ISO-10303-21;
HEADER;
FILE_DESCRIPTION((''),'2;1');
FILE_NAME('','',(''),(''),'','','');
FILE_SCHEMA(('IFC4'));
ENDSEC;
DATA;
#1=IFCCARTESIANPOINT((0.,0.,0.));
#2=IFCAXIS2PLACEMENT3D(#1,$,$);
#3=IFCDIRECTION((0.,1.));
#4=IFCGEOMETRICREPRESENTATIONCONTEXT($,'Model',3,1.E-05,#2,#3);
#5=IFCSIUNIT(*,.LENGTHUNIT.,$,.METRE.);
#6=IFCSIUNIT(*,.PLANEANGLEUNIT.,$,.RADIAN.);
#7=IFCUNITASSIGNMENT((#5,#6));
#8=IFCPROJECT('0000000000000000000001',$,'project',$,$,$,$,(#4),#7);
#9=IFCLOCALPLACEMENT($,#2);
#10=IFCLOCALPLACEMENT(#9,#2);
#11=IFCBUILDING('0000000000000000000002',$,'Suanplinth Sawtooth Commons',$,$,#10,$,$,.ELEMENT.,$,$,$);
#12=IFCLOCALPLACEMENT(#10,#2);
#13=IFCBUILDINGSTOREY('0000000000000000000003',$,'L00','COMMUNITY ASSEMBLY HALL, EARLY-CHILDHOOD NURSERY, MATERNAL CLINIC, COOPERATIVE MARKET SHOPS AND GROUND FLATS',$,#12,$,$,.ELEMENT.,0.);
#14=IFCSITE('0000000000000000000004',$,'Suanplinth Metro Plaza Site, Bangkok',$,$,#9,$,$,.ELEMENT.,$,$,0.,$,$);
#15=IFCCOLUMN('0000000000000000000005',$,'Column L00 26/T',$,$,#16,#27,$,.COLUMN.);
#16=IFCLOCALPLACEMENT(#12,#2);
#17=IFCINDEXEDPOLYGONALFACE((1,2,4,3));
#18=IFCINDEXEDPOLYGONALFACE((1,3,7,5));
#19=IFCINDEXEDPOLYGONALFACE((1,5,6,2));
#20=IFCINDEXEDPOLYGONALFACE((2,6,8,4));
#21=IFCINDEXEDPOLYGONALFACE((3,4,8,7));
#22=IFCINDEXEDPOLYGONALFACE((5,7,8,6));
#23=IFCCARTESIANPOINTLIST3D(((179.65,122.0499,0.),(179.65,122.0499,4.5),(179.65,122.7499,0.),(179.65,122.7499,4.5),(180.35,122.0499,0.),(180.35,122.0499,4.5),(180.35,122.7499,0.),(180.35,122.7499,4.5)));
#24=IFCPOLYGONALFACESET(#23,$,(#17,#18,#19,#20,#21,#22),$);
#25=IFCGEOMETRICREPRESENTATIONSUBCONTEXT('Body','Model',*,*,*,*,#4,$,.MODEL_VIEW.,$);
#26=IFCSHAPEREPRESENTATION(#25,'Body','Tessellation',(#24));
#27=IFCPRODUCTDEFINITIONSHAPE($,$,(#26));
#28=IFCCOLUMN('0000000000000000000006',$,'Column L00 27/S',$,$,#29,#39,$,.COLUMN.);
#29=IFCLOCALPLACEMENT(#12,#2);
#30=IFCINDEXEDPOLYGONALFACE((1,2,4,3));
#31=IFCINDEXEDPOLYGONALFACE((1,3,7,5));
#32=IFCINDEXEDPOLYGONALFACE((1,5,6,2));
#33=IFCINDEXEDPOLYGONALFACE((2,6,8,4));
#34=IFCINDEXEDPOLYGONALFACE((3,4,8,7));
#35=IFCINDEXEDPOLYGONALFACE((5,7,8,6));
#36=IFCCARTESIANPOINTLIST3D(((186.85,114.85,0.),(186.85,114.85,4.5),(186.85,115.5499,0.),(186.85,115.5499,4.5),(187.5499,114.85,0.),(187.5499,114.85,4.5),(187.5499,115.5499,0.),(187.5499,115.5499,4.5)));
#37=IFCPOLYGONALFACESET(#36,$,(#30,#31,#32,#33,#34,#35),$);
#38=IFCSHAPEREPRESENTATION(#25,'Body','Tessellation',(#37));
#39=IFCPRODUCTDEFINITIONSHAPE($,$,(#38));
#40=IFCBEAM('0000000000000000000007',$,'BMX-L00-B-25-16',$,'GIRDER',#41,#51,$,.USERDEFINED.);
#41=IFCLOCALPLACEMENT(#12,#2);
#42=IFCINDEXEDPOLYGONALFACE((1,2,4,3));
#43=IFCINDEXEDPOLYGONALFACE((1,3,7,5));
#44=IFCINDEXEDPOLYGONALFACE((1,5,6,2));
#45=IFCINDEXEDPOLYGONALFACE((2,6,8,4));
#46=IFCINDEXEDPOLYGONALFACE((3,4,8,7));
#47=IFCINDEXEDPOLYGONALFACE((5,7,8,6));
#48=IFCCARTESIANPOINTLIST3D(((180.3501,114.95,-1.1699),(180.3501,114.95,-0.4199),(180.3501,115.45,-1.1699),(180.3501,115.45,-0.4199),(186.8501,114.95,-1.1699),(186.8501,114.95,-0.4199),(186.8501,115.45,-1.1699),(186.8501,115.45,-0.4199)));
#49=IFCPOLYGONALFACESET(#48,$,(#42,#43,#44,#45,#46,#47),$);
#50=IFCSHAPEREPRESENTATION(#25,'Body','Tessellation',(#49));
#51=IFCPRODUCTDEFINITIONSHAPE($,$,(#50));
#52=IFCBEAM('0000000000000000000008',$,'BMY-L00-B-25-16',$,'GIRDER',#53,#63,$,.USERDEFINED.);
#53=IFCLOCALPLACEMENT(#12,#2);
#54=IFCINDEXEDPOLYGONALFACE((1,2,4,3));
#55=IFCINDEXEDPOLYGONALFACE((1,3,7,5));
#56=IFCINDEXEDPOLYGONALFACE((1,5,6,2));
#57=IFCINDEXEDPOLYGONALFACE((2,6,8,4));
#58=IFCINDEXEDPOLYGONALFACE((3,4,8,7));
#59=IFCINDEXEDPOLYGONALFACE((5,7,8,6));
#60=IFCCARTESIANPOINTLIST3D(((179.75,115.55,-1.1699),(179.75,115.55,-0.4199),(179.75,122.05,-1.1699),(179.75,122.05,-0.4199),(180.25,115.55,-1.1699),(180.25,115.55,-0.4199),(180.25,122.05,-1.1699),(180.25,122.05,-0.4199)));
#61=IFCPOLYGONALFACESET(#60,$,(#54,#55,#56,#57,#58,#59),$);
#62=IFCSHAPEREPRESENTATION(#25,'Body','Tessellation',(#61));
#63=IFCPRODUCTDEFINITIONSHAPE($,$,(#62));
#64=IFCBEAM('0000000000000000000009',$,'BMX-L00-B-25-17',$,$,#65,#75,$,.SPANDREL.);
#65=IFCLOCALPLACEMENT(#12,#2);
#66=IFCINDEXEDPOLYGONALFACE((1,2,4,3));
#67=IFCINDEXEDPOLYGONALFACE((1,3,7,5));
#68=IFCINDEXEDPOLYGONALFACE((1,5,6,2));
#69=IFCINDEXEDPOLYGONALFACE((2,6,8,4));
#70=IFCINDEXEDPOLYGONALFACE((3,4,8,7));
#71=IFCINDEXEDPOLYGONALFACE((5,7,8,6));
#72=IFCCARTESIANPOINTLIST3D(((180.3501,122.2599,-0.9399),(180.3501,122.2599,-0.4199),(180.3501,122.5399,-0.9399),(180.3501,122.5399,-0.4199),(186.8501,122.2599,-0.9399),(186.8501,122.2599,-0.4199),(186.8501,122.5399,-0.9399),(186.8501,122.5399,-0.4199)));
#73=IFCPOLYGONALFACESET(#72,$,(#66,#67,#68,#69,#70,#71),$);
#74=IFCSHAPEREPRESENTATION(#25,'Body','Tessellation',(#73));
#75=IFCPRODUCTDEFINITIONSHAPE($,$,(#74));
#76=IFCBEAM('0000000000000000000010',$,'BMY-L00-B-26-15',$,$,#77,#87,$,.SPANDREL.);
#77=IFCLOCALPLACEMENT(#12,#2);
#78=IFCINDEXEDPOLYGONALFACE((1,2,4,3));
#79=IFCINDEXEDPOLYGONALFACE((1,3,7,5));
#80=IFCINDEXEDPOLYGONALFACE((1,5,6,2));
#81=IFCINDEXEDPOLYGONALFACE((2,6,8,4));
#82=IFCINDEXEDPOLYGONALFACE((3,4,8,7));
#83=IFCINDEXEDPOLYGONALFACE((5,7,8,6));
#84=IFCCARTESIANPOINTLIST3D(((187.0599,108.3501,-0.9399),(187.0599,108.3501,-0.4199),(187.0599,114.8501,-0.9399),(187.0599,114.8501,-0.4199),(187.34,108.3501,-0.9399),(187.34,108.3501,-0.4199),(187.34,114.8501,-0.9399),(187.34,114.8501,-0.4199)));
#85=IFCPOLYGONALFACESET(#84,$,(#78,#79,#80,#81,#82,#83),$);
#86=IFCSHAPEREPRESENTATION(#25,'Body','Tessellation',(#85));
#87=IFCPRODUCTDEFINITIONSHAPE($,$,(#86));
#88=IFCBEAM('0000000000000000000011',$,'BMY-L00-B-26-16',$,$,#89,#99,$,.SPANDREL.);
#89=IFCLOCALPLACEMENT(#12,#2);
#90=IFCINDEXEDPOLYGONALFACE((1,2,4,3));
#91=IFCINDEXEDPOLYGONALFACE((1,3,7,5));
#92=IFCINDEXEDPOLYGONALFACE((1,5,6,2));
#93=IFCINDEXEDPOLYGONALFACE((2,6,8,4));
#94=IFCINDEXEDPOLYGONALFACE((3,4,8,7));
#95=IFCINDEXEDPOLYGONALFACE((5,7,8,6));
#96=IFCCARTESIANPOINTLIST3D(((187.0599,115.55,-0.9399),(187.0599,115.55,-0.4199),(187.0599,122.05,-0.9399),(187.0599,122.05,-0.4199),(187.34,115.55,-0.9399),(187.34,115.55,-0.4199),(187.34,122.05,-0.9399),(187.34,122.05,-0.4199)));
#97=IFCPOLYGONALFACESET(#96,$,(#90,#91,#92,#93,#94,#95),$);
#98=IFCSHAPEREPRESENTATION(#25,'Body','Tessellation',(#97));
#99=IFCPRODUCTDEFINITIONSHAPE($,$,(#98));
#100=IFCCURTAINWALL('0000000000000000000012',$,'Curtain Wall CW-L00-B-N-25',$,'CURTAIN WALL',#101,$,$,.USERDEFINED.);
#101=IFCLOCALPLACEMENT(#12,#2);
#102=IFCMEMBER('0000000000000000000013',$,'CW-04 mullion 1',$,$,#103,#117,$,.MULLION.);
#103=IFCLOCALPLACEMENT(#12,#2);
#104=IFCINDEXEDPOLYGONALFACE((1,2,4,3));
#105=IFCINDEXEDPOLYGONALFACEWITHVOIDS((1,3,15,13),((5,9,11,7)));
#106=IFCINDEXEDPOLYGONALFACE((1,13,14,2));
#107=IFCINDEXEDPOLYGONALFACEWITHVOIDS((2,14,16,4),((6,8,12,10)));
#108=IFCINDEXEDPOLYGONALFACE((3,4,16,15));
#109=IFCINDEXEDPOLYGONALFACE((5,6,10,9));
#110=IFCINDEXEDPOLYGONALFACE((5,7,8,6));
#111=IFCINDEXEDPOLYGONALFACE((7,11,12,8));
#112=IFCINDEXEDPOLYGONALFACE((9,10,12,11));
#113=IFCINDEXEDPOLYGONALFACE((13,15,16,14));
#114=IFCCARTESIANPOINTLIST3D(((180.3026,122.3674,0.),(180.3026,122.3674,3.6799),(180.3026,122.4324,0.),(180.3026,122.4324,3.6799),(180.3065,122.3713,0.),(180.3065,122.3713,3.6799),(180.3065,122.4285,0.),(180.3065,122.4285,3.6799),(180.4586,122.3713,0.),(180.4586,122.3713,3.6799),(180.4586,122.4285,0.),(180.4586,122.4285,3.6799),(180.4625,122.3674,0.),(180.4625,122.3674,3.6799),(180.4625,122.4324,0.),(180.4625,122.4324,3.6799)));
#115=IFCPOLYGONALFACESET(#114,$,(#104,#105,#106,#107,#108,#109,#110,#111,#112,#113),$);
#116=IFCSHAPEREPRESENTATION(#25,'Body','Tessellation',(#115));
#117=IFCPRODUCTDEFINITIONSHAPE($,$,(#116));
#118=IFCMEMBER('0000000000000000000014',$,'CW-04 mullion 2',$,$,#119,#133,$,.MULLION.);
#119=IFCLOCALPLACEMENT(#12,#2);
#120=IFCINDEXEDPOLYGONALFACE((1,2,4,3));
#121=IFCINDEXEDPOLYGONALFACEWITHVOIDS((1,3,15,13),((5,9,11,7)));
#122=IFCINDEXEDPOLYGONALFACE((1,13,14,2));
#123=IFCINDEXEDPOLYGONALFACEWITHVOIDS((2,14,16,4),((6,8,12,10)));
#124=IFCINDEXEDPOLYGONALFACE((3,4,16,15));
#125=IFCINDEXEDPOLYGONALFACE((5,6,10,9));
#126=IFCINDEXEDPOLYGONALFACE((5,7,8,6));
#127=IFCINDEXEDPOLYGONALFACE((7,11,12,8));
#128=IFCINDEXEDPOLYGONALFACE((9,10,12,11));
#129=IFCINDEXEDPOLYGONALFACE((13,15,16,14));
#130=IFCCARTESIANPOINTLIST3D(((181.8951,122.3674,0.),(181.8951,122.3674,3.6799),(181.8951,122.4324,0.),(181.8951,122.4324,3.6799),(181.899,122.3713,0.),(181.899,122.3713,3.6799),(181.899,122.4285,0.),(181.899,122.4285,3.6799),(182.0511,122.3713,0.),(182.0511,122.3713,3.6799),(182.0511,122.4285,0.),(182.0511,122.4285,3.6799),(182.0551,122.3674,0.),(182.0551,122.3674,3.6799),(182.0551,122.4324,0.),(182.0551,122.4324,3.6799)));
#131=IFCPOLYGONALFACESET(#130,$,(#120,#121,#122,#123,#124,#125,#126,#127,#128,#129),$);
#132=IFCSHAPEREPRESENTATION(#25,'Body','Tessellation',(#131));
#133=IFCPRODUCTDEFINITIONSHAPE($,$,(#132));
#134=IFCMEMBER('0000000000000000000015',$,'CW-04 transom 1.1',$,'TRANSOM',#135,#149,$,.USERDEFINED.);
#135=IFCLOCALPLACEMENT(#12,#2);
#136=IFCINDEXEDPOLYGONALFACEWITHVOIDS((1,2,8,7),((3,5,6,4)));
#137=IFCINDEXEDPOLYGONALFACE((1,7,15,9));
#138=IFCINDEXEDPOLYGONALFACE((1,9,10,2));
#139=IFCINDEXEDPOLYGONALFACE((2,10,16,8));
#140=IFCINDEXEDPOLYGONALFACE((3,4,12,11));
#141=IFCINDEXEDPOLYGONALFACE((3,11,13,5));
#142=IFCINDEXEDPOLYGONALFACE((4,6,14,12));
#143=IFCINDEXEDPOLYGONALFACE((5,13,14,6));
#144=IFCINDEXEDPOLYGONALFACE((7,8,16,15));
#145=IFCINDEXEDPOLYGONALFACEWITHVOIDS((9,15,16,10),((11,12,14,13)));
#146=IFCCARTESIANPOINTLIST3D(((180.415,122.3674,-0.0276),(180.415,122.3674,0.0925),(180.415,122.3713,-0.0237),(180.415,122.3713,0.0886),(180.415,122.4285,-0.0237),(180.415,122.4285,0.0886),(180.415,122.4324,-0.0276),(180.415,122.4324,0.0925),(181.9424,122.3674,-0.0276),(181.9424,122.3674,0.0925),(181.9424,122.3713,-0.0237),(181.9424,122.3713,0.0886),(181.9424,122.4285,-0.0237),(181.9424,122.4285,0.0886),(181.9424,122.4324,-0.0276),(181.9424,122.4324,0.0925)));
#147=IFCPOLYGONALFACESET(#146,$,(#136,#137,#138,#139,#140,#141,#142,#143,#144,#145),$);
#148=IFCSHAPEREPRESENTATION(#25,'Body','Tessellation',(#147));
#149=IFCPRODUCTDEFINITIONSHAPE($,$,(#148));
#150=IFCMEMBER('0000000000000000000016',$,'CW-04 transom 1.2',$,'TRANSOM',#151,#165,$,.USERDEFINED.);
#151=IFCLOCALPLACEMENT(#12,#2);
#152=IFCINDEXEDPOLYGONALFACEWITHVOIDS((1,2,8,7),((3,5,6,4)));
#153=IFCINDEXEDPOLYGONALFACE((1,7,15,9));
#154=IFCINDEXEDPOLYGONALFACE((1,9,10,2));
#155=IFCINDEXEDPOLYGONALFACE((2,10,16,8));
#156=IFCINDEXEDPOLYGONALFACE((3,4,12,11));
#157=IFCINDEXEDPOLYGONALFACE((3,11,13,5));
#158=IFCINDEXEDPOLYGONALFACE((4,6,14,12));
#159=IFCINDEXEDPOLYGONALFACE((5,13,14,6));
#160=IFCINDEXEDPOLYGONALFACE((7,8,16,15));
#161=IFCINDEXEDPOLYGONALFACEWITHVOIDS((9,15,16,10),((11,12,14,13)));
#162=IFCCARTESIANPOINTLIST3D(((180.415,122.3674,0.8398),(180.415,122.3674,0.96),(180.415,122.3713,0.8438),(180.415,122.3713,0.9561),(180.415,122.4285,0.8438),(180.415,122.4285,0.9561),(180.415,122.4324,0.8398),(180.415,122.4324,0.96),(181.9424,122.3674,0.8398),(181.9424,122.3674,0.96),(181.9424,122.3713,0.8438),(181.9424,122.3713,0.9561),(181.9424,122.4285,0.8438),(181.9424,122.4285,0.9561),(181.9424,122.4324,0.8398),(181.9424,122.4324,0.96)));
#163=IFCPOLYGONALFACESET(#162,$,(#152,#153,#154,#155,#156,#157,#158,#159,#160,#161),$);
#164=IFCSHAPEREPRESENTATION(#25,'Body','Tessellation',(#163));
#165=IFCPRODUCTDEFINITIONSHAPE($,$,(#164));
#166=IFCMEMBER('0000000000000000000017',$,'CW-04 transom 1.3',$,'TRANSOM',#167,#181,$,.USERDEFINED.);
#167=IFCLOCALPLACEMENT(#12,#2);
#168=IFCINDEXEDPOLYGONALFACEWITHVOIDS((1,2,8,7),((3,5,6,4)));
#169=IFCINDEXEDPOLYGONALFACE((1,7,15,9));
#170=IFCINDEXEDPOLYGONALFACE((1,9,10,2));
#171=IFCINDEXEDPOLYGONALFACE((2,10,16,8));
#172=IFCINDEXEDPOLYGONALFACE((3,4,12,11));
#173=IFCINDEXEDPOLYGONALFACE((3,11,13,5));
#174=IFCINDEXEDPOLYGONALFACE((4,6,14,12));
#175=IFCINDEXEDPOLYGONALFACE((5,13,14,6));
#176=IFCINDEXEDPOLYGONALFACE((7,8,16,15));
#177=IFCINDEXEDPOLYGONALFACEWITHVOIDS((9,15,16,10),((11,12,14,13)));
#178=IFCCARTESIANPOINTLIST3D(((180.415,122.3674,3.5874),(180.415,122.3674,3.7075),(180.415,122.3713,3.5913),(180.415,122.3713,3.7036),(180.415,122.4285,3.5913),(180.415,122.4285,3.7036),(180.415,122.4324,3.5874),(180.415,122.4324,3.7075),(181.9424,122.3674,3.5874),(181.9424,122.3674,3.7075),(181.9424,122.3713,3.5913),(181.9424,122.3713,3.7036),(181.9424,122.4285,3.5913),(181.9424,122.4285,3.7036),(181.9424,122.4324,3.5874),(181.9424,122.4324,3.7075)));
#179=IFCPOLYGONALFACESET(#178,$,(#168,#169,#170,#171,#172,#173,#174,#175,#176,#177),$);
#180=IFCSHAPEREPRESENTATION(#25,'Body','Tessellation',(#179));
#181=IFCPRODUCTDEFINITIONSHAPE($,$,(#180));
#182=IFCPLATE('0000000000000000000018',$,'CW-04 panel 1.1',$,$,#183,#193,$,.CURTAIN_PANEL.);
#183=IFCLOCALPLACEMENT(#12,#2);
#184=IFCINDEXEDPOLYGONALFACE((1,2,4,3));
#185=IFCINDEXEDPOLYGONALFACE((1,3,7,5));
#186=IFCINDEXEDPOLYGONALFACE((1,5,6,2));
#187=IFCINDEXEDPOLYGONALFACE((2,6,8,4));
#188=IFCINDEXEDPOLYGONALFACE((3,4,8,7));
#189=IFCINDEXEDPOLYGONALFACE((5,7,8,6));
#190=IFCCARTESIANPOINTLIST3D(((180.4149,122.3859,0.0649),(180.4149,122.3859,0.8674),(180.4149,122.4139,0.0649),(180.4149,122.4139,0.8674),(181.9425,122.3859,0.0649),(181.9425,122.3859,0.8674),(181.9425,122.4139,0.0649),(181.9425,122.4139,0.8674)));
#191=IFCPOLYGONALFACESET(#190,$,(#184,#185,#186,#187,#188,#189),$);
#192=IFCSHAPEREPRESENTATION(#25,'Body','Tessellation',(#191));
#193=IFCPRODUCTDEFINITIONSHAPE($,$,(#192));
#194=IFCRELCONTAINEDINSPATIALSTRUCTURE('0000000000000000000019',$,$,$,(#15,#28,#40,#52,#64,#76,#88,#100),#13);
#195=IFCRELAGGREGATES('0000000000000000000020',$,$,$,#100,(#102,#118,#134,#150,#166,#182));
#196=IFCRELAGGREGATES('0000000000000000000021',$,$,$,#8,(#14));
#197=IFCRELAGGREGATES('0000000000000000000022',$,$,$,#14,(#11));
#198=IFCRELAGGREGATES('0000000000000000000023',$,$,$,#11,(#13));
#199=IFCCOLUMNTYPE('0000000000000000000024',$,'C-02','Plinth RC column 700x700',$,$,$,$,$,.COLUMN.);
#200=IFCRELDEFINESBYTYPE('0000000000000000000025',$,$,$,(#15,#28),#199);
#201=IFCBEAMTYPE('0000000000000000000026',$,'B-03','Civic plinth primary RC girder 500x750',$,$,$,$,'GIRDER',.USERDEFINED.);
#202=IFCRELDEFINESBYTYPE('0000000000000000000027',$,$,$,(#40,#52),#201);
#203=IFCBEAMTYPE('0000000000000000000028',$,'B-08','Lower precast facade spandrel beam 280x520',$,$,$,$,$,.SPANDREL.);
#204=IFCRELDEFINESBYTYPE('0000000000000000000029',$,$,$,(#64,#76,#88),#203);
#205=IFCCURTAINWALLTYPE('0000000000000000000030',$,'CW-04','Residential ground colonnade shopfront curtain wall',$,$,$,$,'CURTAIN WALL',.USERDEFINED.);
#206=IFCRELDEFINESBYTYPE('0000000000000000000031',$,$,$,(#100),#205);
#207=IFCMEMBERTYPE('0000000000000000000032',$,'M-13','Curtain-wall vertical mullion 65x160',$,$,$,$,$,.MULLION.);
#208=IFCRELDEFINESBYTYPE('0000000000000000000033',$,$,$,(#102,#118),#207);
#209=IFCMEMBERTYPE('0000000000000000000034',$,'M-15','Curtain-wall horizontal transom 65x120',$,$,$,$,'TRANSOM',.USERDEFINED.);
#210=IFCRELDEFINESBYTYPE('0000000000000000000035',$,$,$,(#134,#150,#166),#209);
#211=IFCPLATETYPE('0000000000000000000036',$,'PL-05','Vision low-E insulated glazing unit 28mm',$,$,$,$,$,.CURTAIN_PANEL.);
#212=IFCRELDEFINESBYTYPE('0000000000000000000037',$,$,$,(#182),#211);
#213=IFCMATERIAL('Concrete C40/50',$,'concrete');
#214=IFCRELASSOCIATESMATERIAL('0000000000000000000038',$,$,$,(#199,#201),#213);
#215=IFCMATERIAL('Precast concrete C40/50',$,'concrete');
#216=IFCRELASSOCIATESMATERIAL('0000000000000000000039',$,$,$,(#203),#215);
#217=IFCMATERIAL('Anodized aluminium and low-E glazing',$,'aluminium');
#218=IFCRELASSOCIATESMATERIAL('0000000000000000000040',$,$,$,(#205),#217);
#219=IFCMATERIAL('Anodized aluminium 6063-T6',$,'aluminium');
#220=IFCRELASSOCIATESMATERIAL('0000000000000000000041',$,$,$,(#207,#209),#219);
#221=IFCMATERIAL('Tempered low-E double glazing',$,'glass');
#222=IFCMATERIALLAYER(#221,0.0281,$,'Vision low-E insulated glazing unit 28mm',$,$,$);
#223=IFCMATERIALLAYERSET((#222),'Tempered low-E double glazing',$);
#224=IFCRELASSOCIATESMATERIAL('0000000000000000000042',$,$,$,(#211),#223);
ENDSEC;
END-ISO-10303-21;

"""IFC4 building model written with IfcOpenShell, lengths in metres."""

from ifc_helpers import new_model, si_unit, direction, frame, origin, origin_2d, place, context, subcontext, project, spatial, rectangle, hollow_rectangle, extrude, material, layer, layer_set, material_profile, profile_set, type_object, element, aggregate, save


model = new_model("IFC4")

# Units and contexts
model_context = context("Model", 3, precision=1e-05, world=origin(), true_north=direction((0.0, 1.0)))
body_context = subcontext(model_context, "Body", "Model", "MODEL_VIEW")
ifc_project = project(units=[si_unit("LENGTHUNIT", "METRE"), si_unit("PLANEANGLEUNIT", "RADIAN")], contexts=[model_context])

# Site, building, storey
site_placement = place(None, origin())
site = spatial("IfcSite", under=ifc_project, at=site_placement, Name="Suanplinth Metro Plaza Site, Bangkok", CompositionType="ELEMENT", RefElevation=0.0)
building_placement = place(site_placement, origin())
building = spatial("IfcBuilding", under=site, at=building_placement, Name="Suanplinth Sawtooth Commons", CompositionType="ELEMENT")
storey_placement = place(building_placement, origin())
storey = spatial("IfcBuildingStorey", under=building, at=storey_placement, Name="L00", Description="COMMUNITY ASSEMBLY HALL, EARLY-CHILDHOOD NURSERY, MATERNAL CLINIC, COOPERATIVE MARKET SHOPS AND GROUND FLATS", CompositionType="ELEMENT", Elevation=0.0)

# Columns
ifc_material_1 = material(Name="Concrete C40/50", Category="concrete")
ifc_material_profile_1 = material_profile(ifc_material_1, rectangle(XDim=0.7, YDim=0.7, at=origin_2d()), Name="RC-COL 700x700")
ifc_profile_set_1 = profile_set([ifc_material_profile_1], Name="Concrete C40/50")
column_type = type_object("IfcColumnType", Name="C-02", Description="Plinth RC column 700x700", PredefinedType="COLUMN", material=ifc_profile_set_1)
for number, where, z_axis, x_axis, name in (
    (1, (180.0, 122.3999, 0.0), (0.0, 0.0, 1.0), (1.0, 0.0, 0.0), "Column L00 26/T"),
    (2, (187.2, 115.2, 0.0), (0.0, 0.0, 1.0), (1.0, 0.0, 0.0), "Column L00 27/S"),
):
    element("IfcColumn", number, at=place(storey_placement, frame(where, z_axis=z_axis, x_axis=x_axis)), inside=storey, type_object=column_type, Name=name, PredefinedType="COLUMN", context=body_context, shape_type="SweptSolid", body=[
        extrude(rectangle(XDim=0.7, YDim=0.7, at=origin_2d()), origin(), (0.0, 0.0, 1.0), 4.5),
    ])

# Beams
ifc_material_profile_2 = material_profile(ifc_material_1, rectangle(XDim=0.5, YDim=0.75, at=origin_2d()), Name="RC-GDR 500x750")
ifc_profile_set_2 = profile_set([ifc_material_profile_2], Name="Concrete C40/50")
beam_type_1 = type_object("IfcBeamType", Name="B-03", Description="Civic plinth primary RC girder 500x750", ElementType="GIRDER", PredefinedType="USERDEFINED", material=ifc_profile_set_2)
for number, where, z_axis, x_axis, name in (
    (3, (180.3501, 115.2, -0.7949), (1.0, 0.0, 0.0), (0.0, 1.0, 0.0), "BMX-L00-B-25-16"),
    (4, (180.0, 115.55, -0.7949), (0.0, 1.0, 0.0), (-1.0, 0.0, 0.0), "BMY-L00-B-25-16"),
):
    element("IfcBeam", number, at=place(storey_placement, frame(where, z_axis=z_axis, x_axis=x_axis)), inside=storey, type_object=beam_type_1, Name=name, ObjectType="GIRDER", PredefinedType="USERDEFINED", context=body_context, shape_type="SweptSolid", body=[
        extrude(rectangle(XDim=0.5, YDim=0.75, at=origin_2d()), origin(), (0.0, 0.0, 1.0), 6.5),
    ])
ifc_material_2 = material(Name="Precast concrete C40/50", Category="concrete")
ifc_material_profile_3 = material_profile(ifc_material_2, rectangle(XDim=0.28, YDim=0.52, at=origin_2d()), Name="PC-SP 280x520")
ifc_profile_set_3 = profile_set([ifc_material_profile_3], Name="Precast concrete C40/50")
beam_type_2 = type_object("IfcBeamType", Name="B-08", Description="Lower precast facade spandrel beam 280x520", PredefinedType="SPANDREL", material=ifc_profile_set_3)
for number, where, z_axis, x_axis, name in (
    (5, (180.3501, 122.3999, -0.6799), (1.0, 0.0, 0.0), (0.0, 1.0, 0.0), "BMX-L00-B-25-17"),
    (6, (187.2, 108.3501, -0.6799), (0.0, 1.0, 0.0), (-1.0, 0.0, 0.0), "BMY-L00-B-26-15"),
    (7, (187.2, 115.55, -0.6799), (0.0, 1.0, 0.0), (-1.0, 0.0, 0.0), "BMY-L00-B-26-16"),
):
    element("IfcBeam", number, at=place(storey_placement, frame(where, z_axis=z_axis, x_axis=x_axis)), inside=storey, type_object=beam_type_2, Name=name, PredefinedType="SPANDREL", context=body_context, shape_type="SweptSolid", body=[
        extrude(rectangle(XDim=0.28, YDim=0.52, at=origin_2d()), origin(), (0.0, 0.0, 1.0), 6.5),
    ])

# Curtain wall, members, plate
ifc_material_3 = material(Name="Anodized aluminium and low-E glazing", Category="aluminium")
curtain_wall_type = type_object("IfcCurtainWallType", Name="CW-04", Description="Residential ground colonnade shopfront curtain wall", ElementType="CURTAIN WALL", PredefinedType="USERDEFINED", material=ifc_material_3)
curtain_wall_placement = place(storey_placement, origin())
curtain_wall = element("IfcCurtainWall", 8, at=curtain_wall_placement, inside=storey, type_object=curtain_wall_type, Name="Curtain Wall CW-L00-B-N-25", ObjectType="CURTAIN WALL", PredefinedType="USERDEFINED")
ifc_material_4 = material(Name="Anodized aluminium 6063-T6", Category="aluminium")
ifc_material_profile_4 = material_profile(ifc_material_4, hollow_rectangle(XDim=0.0649, YDim=0.1599, WallThickness=0.0039, at=origin_2d()), Name="ALU-MUL 65x160")
ifc_profile_set_4 = profile_set([ifc_material_profile_4], Name="Anodized aluminium 6063-T6")
member_type_1 = type_object("IfcMemberType", Name="M-13", Description="Curtain-wall vertical mullion 65x160", PredefinedType="MULLION", material=ifc_profile_set_4)
member_1_placement = place(storey_placement, frame((180.3826, 122.3999, 0.0), z_axis=(0.0, 0.0, 1.0), x_axis=(0.0, 1.0, 0.0)))
member_1 = element("IfcMember", 9, at=member_1_placement, type_object=member_type_1, Name="CW-04 mullion 1", PredefinedType="MULLION", context=body_context, shape_type="SweptSolid", body=[
    extrude(hollow_rectangle(XDim=0.0649, YDim=0.1599, WallThickness=0.0039, at=origin_2d()), origin(), (0.0, 0.0, 1.0), 3.6799),
])
member_2_placement = place(storey_placement, frame((181.9751, 122.3999, 0.0), z_axis=(0.0, 0.0, 1.0), x_axis=(0.0, 1.0, 0.0)))
member_2 = element("IfcMember", 10, at=member_2_placement, type_object=member_type_1, Name="CW-04 mullion 2", PredefinedType="MULLION", context=body_context, shape_type="SweptSolid", body=[
    extrude(hollow_rectangle(XDim=0.0649, YDim=0.1599, WallThickness=0.0039, at=origin_2d()), origin(), (0.0, 0.0, 1.0), 3.6799),
])
ifc_material_profile_5 = material_profile(ifc_material_4, hollow_rectangle(XDim=0.0649, YDim=0.1201, WallThickness=0.0039, at=origin_2d()), Name="ALU-TRN 65x120")
ifc_profile_set_5 = profile_set([ifc_material_profile_5], Name="Anodized aluminium 6063-T6")
member_type_2 = type_object("IfcMemberType", Name="M-15", Description="Curtain-wall horizontal transom 65x120", ElementType="TRANSOM", PredefinedType="USERDEFINED", material=ifc_profile_set_5)
member_3_placement = place(storey_placement, frame((180.415, 122.3999, 0.0325), z_axis=(1.0, 0.0, 0.0), x_axis=(0.0, 1.0, 0.0)))
member_3 = element("IfcMember", 11, at=member_3_placement, type_object=member_type_2, Name="CW-04 transom 1.1", ObjectType="TRANSOM", PredefinedType="USERDEFINED", context=body_context, shape_type="SweptSolid", body=[
    extrude(hollow_rectangle(XDim=0.0649, YDim=0.1201, WallThickness=0.0039, at=origin_2d()), origin(), (0.0, 0.0, 1.0), 1.5273),
])
member_4_placement = place(storey_placement, frame((180.415, 122.3999, 0.8999), z_axis=(1.0, 0.0, 0.0), x_axis=(0.0, 1.0, 0.0)))
member_4 = element("IfcMember", 12, at=member_4_placement, type_object=member_type_2, Name="CW-04 transom 1.2", ObjectType="TRANSOM", PredefinedType="USERDEFINED", context=body_context, shape_type="SweptSolid", body=[
    extrude(hollow_rectangle(XDim=0.0649, YDim=0.1201, WallThickness=0.0039, at=origin_2d()), origin(), (0.0, 0.0, 1.0), 1.5273),
])
member_5_placement = place(storey_placement, frame((180.415, 122.3999, 3.6475), z_axis=(1.0, 0.0, 0.0), x_axis=(0.0, 1.0, 0.0)))
member_5 = element("IfcMember", 13, at=member_5_placement, type_object=member_type_2, Name="CW-04 transom 1.3", ObjectType="TRANSOM", PredefinedType="USERDEFINED", context=body_context, shape_type="SweptSolid", body=[
    extrude(hollow_rectangle(XDim=0.0649, YDim=0.1201, WallThickness=0.0039, at=origin_2d()), origin(), (0.0, 0.0, 1.0), 1.5273),
])
ifc_material_5 = material(Name="Tempered low-E double glazing", Category="glass")
ifc_layer_1 = layer(ifc_material_5, 0.0281, Name="Vision low-E insulated glazing unit 28mm")
ifc_layer_set_1 = layer_set([ifc_layer_1], Name="Tempered low-E double glazing")
plate_type = type_object("IfcPlateType", Name="PL-05", Description="Vision low-E insulated glazing unit 28mm", PredefinedType="CURTAIN_PANEL", material=ifc_layer_set_1)
plate_1_placement = place(storey_placement, frame((181.1787, 122.3999, 0.0649), z_axis=(0.0, 0.0, 1.0), x_axis=(1.0, 0.0, 0.0)))
plate_1 = element("IfcPlate", 14, at=plate_1_placement, type_object=plate_type, Name="CW-04 panel 1.1", PredefinedType="CURTAIN_PANEL", context=body_context, shape_type="SweptSolid", body=[
    extrude(rectangle(XDim=1.5276, YDim=0.0281, at=origin_2d()), origin(), (0.0, 0.0, 1.0), 0.8025),
])
aggregate(curtain_wall, [member_1, member_2, member_3, member_4, member_5, plate_1])

save(model, "model.ifc")
